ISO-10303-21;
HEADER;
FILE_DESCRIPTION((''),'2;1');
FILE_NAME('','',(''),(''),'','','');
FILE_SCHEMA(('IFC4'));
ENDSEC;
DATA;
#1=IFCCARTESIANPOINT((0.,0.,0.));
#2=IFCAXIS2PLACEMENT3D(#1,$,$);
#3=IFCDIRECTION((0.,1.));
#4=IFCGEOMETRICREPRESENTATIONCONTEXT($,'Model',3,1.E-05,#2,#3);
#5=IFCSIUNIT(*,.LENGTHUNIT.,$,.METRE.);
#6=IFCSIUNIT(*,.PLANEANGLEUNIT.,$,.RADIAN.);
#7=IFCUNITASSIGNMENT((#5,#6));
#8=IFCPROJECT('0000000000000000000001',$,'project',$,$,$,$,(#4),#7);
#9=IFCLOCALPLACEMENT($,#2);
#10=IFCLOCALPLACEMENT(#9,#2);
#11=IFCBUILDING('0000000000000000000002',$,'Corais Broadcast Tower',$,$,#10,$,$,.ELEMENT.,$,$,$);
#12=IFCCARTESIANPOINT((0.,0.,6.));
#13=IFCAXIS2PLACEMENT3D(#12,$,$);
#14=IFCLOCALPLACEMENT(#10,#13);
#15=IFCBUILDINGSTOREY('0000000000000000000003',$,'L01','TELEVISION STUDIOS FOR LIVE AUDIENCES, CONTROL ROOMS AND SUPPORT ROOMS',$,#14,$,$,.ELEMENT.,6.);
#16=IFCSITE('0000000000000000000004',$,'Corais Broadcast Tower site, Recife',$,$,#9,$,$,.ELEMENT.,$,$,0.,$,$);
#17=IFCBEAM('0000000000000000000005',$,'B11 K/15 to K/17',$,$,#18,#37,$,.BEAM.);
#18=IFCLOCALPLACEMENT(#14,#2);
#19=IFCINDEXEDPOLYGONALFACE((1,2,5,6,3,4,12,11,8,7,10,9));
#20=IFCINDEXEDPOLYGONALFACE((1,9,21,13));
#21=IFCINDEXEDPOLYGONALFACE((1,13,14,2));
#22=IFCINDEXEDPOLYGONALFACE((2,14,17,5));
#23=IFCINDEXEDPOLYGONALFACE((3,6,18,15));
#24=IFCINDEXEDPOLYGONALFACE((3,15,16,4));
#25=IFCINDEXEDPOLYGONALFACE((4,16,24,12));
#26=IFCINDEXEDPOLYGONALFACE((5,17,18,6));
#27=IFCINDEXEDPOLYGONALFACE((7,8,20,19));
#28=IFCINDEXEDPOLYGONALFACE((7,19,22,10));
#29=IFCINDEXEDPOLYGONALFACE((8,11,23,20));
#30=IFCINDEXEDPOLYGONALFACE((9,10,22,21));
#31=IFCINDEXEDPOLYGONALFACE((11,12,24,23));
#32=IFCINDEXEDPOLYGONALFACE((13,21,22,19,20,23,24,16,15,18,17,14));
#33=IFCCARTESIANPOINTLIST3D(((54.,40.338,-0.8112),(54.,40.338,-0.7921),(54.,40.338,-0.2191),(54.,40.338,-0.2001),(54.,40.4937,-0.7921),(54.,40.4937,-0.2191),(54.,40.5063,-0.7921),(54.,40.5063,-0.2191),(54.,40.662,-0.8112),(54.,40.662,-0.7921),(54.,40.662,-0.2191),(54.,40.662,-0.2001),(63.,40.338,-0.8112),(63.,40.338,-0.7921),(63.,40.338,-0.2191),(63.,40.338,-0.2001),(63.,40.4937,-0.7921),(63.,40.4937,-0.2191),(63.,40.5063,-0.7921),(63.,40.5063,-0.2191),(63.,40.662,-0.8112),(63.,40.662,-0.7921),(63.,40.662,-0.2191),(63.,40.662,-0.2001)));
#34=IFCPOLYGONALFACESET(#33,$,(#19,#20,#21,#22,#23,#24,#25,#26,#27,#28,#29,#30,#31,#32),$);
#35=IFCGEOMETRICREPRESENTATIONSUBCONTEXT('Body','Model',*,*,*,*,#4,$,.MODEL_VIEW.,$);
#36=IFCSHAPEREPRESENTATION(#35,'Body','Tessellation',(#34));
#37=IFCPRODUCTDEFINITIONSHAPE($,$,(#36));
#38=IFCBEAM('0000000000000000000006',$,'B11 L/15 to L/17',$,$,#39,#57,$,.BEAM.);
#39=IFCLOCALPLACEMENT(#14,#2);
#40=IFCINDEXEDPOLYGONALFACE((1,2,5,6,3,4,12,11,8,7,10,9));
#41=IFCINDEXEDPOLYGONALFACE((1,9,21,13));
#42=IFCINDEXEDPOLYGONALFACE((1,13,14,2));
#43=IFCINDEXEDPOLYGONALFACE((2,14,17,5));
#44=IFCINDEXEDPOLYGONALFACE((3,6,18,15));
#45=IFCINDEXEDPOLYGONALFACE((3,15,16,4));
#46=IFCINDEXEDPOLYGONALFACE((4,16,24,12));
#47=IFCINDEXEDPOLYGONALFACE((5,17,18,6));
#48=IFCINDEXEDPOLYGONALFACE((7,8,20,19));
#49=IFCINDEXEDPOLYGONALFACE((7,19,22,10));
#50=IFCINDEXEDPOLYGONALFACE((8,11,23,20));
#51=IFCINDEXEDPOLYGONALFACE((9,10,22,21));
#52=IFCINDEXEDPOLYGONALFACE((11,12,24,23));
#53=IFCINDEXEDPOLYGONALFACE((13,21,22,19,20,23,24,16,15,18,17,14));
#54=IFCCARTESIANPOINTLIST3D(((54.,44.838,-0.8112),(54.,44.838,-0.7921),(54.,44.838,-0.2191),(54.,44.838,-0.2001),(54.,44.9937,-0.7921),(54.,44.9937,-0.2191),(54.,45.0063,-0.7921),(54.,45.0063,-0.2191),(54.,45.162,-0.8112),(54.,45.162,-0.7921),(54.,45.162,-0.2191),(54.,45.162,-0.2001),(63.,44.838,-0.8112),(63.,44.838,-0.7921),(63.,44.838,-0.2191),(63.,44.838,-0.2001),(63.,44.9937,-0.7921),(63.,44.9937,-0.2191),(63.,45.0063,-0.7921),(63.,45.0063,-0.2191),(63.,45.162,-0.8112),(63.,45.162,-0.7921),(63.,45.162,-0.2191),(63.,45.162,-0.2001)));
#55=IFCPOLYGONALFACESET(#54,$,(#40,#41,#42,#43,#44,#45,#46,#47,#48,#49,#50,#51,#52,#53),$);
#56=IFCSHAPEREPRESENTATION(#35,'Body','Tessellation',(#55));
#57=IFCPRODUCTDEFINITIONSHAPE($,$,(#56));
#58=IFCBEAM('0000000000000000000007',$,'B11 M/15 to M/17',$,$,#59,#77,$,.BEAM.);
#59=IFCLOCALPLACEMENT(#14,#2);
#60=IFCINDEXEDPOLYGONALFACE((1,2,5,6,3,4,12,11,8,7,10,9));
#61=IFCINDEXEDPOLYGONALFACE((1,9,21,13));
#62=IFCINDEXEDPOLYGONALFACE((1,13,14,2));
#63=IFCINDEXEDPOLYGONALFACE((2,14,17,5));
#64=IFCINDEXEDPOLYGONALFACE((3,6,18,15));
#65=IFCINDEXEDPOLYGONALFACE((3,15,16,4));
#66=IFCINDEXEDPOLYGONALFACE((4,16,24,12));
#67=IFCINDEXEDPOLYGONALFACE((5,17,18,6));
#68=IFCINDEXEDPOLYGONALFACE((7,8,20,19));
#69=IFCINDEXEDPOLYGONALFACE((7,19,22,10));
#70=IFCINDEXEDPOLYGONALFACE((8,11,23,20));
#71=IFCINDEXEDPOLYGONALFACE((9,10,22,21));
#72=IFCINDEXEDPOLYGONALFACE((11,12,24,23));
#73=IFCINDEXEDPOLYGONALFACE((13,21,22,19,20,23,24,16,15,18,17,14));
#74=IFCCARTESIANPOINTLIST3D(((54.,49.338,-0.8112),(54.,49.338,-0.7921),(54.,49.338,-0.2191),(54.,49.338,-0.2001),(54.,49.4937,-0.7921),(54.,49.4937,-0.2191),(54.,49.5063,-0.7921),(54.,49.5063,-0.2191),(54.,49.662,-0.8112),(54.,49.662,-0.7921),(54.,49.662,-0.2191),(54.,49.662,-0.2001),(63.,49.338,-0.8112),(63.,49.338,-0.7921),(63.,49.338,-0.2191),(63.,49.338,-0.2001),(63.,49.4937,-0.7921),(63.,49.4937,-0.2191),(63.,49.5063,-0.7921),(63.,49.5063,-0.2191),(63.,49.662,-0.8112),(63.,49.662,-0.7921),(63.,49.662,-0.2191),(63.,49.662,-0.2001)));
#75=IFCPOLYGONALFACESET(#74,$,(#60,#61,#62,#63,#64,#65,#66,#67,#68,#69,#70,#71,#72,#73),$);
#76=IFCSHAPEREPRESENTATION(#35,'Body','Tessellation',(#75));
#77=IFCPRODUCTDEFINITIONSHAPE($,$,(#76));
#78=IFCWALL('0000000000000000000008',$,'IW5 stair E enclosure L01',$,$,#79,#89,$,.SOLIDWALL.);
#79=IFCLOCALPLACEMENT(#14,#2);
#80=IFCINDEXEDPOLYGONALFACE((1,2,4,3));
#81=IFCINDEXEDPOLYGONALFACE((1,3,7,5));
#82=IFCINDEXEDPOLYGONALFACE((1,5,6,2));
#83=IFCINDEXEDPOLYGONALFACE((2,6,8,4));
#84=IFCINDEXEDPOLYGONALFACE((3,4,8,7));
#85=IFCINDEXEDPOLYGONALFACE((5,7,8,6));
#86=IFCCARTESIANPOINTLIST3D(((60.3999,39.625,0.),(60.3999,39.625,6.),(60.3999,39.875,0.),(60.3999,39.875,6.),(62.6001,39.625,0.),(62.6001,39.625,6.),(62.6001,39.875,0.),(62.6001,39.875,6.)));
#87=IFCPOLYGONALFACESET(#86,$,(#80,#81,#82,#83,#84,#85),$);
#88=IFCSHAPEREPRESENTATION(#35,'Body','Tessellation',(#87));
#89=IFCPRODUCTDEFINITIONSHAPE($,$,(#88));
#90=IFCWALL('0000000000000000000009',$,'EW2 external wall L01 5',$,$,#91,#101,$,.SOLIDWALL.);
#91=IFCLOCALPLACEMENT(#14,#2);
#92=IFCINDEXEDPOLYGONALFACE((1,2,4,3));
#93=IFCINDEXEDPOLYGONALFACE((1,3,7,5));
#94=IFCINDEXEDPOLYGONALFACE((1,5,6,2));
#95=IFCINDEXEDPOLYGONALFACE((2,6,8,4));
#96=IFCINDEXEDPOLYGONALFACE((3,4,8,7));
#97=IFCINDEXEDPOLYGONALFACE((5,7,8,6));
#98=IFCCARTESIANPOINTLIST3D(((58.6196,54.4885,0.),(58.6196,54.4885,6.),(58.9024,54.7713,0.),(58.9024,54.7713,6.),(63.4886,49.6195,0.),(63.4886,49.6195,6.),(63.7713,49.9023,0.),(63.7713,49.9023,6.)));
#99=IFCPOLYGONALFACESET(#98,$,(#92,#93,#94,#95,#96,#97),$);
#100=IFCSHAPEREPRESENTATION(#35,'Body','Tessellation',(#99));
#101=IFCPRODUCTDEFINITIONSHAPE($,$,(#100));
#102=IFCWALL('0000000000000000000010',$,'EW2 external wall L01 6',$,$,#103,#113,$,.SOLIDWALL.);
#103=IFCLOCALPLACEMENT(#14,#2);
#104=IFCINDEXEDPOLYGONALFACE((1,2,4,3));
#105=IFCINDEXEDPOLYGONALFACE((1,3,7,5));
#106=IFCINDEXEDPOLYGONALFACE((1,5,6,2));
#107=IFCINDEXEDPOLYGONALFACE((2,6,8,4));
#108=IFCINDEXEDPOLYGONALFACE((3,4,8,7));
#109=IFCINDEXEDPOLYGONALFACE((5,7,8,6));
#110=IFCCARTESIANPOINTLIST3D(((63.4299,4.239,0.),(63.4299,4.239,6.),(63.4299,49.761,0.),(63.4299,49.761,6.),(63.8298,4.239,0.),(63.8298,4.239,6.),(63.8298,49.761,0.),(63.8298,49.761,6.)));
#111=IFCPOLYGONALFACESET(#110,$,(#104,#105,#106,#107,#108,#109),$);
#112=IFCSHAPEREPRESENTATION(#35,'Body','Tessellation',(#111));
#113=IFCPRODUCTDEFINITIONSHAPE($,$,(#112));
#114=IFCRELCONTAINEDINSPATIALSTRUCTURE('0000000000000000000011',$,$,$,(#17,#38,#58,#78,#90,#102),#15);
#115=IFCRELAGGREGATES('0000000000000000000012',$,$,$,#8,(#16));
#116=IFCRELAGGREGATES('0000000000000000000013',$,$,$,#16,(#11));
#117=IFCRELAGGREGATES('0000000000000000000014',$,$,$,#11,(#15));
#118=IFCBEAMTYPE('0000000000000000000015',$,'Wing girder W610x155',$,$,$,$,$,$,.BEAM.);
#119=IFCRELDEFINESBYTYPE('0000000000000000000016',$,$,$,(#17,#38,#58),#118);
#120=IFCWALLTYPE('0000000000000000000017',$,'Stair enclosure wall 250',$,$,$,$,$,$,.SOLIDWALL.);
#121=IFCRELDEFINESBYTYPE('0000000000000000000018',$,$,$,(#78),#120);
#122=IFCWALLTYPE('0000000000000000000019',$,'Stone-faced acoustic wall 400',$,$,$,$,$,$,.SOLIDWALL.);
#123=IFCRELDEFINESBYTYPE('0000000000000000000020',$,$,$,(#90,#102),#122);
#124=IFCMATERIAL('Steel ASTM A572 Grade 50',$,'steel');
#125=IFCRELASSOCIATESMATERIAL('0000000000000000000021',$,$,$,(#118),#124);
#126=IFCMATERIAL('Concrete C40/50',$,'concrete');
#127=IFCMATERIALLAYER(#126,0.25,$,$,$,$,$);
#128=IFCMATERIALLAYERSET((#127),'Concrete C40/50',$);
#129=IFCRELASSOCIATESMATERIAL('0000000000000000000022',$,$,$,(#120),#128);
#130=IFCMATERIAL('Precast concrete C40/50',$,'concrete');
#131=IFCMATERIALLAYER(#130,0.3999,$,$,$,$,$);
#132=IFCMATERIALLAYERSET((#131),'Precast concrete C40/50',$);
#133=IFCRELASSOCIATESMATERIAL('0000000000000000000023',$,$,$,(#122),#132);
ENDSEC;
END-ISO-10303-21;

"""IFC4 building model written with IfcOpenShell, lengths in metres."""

from ifc_helpers import new_model, si_unit, direction, frame, frame_2d, origin, origin_2d, place, context, subcontext, project, spatial, rectangle, i_section, extrude, material, layer, layer_set, material_profile, profile_set, type_object, element, save


model = new_model("IFC4")

# Units and contexts
model_context = context("Model", 3, precision=1e-05, world=origin(), true_north=direction((0.0, 1.0)))
body_context = subcontext(model_context, "Body", "Model", "MODEL_VIEW")
ifc_project = project(units=[si_unit("LENGTHUNIT", "METRE"), si_unit("PLANEANGLEUNIT", "RADIAN")], contexts=[model_context])

# Site, building, storey
site_placement = place(None, origin())
site = spatial("IfcSite", under=ifc_project, at=site_placement, Name="Corais Broadcast Tower site, Recife", CompositionType="ELEMENT", RefElevation=0.0)
building_placement = place(site_placement, origin())
building = spatial("IfcBuilding", under=site, at=building_placement, Name="Corais Broadcast Tower", CompositionType="ELEMENT")
storey_placement = place(building_placement, frame((0.0, 0.0, 6.0)))
storey = spatial("IfcBuildingStorey", under=building, at=storey_placement, Name="L01", Description="TELEVISION STUDIOS FOR LIVE AUDIENCES, CONTROL ROOMS AND SUPPORT ROOMS", CompositionType="ELEMENT", Elevation=6.0)

# Beams
ifc_material_1 = material(Name="Steel ASTM A572 Grade 50", Category="steel")
ifc_material_profile_1 = material_profile(ifc_material_1, i_section(OverallWidth=0.324, OverallDepth=0.6111, WebThickness=0.0127, FlangeThickness=0.019, at=origin_2d()), Name="W610x155")
ifc_profile_set_1 = profile_set([ifc_material_profile_1], Name="Steel ASTM A572 Grade 50")
beam_type_1 = type_object("IfcBeamType", Name="Wing girder W610x155", PredefinedType="BEAM", material=ifc_profile_set_1)
for number, where, z_axis, x_axis, name in (
    (1, (54.0, 40.5, -0.5056), (1.0, 0.0, 0.0), (0.0, 1.0, 0.0), "B11 K/15 to K/17"),
    (2, (54.0, 45.0, -0.5056), (1.0, 0.0, 0.0), (0.0, 1.0, 0.0), "B11 L/15 to L/17"),
    (3, (54.0, 49.5, -0.5056), (1.0, 0.0, 0.0), (0.0, 1.0, 0.0), "B11 M/15 to M/17"),
):
    element("IfcBeam", number, at=place(storey_placement, frame(where, z_axis=z_axis, x_axis=x_axis)), inside=storey, type_object=beam_type_1, Name=name, PredefinedType="BEAM", context=body_context, shape_type="SweptSolid", body=[
        extrude(i_section(OverallWidth=0.324, OverallDepth=0.6111, WebThickness=0.0127, FlangeThickness=0.019, at=origin_2d()), origin(), (0.0, 0.0, 1.0), 9.0),
    ])

# Walls
ifc_material_2 = material(Name="Concrete C40/50", Category="concrete")
ifc_layer_1 = layer(ifc_material_2, 0.25)
ifc_layer_set_1 = layer_set([ifc_layer_1], Name="Concrete C40/50")
wall_type_1 = type_object("IfcWallType", Name="Stair enclosure wall 250", PredefinedType="SOLIDWALL", material=ifc_layer_set_1)
wall_1_placement = place(storey_placement, frame((62.6001, 39.75, 0.0), z_axis=(0.0, 0.0, 1.0), x_axis=(-1.0, 0.0, 0.0)))
element("IfcWall", 4, at=wall_1_placement, inside=storey, type_object=wall_type_1, Name="IW5 stair E enclosure L01", PredefinedType="SOLIDWALL", context=body_context, shape_type="SweptSolid", body=[
    extrude(rectangle(XDim=2.2002, YDim=0.25, at=frame_2d((1.1001, 0.0))), origin(), (0.0, 0.0, 1.0), 6.0),
])
ifc_material_3 = material(Name="Precast concrete C40/50", Category="concrete")
ifc_layer_2 = layer(ifc_material_3, 0.3999)
ifc_layer_set_2 = layer_set([ifc_layer_2], Name="Precast concrete C40/50")
wall_type_2 = type_object("IfcWallType", Name="Stone-faced acoustic wall 400", PredefinedType="SOLIDWALL", material=ifc_layer_set_2)
wall_2_placement = place(storey_placement, frame((58.761, 54.6299, 0.0), z_axis=(0.0, 0.0, 1.0), x_axis=(0.707107, -0.707107, 0.0)))
element("IfcWall", 5, at=wall_2_placement, inside=storey, type_object=wall_type_2, Name="EW2 external wall L01 5", PredefinedType="SOLIDWALL", context=body_context, shape_type="SweptSolid", body=[
    extrude(rectangle(XDim=6.8857, YDim=0.3999, at=frame_2d((3.4429, 0.0))), origin(), (0.0, 0.0, 1.0), 6.0),
])
wall_3_placement = place(storey_placement, frame((63.6299, 49.761, 0.0), z_axis=(0.0, 0.0, 1.0), x_axis=(0.0, -1.0, 0.0)))
element("IfcWall", 6, at=wall_3_placement, inside=storey, type_object=wall_type_2, Name="EW2 external wall L01 6", PredefinedType="SOLIDWALL", context=body_context, shape_type="SweptSolid", body=[
    extrude(rectangle(XDim=45.522, YDim=0.3999, at=frame_2d((22.761, 0.0))), origin(), (0.0, 0.0, 1.0), 6.0),
])

save(model, "model.ifc")
